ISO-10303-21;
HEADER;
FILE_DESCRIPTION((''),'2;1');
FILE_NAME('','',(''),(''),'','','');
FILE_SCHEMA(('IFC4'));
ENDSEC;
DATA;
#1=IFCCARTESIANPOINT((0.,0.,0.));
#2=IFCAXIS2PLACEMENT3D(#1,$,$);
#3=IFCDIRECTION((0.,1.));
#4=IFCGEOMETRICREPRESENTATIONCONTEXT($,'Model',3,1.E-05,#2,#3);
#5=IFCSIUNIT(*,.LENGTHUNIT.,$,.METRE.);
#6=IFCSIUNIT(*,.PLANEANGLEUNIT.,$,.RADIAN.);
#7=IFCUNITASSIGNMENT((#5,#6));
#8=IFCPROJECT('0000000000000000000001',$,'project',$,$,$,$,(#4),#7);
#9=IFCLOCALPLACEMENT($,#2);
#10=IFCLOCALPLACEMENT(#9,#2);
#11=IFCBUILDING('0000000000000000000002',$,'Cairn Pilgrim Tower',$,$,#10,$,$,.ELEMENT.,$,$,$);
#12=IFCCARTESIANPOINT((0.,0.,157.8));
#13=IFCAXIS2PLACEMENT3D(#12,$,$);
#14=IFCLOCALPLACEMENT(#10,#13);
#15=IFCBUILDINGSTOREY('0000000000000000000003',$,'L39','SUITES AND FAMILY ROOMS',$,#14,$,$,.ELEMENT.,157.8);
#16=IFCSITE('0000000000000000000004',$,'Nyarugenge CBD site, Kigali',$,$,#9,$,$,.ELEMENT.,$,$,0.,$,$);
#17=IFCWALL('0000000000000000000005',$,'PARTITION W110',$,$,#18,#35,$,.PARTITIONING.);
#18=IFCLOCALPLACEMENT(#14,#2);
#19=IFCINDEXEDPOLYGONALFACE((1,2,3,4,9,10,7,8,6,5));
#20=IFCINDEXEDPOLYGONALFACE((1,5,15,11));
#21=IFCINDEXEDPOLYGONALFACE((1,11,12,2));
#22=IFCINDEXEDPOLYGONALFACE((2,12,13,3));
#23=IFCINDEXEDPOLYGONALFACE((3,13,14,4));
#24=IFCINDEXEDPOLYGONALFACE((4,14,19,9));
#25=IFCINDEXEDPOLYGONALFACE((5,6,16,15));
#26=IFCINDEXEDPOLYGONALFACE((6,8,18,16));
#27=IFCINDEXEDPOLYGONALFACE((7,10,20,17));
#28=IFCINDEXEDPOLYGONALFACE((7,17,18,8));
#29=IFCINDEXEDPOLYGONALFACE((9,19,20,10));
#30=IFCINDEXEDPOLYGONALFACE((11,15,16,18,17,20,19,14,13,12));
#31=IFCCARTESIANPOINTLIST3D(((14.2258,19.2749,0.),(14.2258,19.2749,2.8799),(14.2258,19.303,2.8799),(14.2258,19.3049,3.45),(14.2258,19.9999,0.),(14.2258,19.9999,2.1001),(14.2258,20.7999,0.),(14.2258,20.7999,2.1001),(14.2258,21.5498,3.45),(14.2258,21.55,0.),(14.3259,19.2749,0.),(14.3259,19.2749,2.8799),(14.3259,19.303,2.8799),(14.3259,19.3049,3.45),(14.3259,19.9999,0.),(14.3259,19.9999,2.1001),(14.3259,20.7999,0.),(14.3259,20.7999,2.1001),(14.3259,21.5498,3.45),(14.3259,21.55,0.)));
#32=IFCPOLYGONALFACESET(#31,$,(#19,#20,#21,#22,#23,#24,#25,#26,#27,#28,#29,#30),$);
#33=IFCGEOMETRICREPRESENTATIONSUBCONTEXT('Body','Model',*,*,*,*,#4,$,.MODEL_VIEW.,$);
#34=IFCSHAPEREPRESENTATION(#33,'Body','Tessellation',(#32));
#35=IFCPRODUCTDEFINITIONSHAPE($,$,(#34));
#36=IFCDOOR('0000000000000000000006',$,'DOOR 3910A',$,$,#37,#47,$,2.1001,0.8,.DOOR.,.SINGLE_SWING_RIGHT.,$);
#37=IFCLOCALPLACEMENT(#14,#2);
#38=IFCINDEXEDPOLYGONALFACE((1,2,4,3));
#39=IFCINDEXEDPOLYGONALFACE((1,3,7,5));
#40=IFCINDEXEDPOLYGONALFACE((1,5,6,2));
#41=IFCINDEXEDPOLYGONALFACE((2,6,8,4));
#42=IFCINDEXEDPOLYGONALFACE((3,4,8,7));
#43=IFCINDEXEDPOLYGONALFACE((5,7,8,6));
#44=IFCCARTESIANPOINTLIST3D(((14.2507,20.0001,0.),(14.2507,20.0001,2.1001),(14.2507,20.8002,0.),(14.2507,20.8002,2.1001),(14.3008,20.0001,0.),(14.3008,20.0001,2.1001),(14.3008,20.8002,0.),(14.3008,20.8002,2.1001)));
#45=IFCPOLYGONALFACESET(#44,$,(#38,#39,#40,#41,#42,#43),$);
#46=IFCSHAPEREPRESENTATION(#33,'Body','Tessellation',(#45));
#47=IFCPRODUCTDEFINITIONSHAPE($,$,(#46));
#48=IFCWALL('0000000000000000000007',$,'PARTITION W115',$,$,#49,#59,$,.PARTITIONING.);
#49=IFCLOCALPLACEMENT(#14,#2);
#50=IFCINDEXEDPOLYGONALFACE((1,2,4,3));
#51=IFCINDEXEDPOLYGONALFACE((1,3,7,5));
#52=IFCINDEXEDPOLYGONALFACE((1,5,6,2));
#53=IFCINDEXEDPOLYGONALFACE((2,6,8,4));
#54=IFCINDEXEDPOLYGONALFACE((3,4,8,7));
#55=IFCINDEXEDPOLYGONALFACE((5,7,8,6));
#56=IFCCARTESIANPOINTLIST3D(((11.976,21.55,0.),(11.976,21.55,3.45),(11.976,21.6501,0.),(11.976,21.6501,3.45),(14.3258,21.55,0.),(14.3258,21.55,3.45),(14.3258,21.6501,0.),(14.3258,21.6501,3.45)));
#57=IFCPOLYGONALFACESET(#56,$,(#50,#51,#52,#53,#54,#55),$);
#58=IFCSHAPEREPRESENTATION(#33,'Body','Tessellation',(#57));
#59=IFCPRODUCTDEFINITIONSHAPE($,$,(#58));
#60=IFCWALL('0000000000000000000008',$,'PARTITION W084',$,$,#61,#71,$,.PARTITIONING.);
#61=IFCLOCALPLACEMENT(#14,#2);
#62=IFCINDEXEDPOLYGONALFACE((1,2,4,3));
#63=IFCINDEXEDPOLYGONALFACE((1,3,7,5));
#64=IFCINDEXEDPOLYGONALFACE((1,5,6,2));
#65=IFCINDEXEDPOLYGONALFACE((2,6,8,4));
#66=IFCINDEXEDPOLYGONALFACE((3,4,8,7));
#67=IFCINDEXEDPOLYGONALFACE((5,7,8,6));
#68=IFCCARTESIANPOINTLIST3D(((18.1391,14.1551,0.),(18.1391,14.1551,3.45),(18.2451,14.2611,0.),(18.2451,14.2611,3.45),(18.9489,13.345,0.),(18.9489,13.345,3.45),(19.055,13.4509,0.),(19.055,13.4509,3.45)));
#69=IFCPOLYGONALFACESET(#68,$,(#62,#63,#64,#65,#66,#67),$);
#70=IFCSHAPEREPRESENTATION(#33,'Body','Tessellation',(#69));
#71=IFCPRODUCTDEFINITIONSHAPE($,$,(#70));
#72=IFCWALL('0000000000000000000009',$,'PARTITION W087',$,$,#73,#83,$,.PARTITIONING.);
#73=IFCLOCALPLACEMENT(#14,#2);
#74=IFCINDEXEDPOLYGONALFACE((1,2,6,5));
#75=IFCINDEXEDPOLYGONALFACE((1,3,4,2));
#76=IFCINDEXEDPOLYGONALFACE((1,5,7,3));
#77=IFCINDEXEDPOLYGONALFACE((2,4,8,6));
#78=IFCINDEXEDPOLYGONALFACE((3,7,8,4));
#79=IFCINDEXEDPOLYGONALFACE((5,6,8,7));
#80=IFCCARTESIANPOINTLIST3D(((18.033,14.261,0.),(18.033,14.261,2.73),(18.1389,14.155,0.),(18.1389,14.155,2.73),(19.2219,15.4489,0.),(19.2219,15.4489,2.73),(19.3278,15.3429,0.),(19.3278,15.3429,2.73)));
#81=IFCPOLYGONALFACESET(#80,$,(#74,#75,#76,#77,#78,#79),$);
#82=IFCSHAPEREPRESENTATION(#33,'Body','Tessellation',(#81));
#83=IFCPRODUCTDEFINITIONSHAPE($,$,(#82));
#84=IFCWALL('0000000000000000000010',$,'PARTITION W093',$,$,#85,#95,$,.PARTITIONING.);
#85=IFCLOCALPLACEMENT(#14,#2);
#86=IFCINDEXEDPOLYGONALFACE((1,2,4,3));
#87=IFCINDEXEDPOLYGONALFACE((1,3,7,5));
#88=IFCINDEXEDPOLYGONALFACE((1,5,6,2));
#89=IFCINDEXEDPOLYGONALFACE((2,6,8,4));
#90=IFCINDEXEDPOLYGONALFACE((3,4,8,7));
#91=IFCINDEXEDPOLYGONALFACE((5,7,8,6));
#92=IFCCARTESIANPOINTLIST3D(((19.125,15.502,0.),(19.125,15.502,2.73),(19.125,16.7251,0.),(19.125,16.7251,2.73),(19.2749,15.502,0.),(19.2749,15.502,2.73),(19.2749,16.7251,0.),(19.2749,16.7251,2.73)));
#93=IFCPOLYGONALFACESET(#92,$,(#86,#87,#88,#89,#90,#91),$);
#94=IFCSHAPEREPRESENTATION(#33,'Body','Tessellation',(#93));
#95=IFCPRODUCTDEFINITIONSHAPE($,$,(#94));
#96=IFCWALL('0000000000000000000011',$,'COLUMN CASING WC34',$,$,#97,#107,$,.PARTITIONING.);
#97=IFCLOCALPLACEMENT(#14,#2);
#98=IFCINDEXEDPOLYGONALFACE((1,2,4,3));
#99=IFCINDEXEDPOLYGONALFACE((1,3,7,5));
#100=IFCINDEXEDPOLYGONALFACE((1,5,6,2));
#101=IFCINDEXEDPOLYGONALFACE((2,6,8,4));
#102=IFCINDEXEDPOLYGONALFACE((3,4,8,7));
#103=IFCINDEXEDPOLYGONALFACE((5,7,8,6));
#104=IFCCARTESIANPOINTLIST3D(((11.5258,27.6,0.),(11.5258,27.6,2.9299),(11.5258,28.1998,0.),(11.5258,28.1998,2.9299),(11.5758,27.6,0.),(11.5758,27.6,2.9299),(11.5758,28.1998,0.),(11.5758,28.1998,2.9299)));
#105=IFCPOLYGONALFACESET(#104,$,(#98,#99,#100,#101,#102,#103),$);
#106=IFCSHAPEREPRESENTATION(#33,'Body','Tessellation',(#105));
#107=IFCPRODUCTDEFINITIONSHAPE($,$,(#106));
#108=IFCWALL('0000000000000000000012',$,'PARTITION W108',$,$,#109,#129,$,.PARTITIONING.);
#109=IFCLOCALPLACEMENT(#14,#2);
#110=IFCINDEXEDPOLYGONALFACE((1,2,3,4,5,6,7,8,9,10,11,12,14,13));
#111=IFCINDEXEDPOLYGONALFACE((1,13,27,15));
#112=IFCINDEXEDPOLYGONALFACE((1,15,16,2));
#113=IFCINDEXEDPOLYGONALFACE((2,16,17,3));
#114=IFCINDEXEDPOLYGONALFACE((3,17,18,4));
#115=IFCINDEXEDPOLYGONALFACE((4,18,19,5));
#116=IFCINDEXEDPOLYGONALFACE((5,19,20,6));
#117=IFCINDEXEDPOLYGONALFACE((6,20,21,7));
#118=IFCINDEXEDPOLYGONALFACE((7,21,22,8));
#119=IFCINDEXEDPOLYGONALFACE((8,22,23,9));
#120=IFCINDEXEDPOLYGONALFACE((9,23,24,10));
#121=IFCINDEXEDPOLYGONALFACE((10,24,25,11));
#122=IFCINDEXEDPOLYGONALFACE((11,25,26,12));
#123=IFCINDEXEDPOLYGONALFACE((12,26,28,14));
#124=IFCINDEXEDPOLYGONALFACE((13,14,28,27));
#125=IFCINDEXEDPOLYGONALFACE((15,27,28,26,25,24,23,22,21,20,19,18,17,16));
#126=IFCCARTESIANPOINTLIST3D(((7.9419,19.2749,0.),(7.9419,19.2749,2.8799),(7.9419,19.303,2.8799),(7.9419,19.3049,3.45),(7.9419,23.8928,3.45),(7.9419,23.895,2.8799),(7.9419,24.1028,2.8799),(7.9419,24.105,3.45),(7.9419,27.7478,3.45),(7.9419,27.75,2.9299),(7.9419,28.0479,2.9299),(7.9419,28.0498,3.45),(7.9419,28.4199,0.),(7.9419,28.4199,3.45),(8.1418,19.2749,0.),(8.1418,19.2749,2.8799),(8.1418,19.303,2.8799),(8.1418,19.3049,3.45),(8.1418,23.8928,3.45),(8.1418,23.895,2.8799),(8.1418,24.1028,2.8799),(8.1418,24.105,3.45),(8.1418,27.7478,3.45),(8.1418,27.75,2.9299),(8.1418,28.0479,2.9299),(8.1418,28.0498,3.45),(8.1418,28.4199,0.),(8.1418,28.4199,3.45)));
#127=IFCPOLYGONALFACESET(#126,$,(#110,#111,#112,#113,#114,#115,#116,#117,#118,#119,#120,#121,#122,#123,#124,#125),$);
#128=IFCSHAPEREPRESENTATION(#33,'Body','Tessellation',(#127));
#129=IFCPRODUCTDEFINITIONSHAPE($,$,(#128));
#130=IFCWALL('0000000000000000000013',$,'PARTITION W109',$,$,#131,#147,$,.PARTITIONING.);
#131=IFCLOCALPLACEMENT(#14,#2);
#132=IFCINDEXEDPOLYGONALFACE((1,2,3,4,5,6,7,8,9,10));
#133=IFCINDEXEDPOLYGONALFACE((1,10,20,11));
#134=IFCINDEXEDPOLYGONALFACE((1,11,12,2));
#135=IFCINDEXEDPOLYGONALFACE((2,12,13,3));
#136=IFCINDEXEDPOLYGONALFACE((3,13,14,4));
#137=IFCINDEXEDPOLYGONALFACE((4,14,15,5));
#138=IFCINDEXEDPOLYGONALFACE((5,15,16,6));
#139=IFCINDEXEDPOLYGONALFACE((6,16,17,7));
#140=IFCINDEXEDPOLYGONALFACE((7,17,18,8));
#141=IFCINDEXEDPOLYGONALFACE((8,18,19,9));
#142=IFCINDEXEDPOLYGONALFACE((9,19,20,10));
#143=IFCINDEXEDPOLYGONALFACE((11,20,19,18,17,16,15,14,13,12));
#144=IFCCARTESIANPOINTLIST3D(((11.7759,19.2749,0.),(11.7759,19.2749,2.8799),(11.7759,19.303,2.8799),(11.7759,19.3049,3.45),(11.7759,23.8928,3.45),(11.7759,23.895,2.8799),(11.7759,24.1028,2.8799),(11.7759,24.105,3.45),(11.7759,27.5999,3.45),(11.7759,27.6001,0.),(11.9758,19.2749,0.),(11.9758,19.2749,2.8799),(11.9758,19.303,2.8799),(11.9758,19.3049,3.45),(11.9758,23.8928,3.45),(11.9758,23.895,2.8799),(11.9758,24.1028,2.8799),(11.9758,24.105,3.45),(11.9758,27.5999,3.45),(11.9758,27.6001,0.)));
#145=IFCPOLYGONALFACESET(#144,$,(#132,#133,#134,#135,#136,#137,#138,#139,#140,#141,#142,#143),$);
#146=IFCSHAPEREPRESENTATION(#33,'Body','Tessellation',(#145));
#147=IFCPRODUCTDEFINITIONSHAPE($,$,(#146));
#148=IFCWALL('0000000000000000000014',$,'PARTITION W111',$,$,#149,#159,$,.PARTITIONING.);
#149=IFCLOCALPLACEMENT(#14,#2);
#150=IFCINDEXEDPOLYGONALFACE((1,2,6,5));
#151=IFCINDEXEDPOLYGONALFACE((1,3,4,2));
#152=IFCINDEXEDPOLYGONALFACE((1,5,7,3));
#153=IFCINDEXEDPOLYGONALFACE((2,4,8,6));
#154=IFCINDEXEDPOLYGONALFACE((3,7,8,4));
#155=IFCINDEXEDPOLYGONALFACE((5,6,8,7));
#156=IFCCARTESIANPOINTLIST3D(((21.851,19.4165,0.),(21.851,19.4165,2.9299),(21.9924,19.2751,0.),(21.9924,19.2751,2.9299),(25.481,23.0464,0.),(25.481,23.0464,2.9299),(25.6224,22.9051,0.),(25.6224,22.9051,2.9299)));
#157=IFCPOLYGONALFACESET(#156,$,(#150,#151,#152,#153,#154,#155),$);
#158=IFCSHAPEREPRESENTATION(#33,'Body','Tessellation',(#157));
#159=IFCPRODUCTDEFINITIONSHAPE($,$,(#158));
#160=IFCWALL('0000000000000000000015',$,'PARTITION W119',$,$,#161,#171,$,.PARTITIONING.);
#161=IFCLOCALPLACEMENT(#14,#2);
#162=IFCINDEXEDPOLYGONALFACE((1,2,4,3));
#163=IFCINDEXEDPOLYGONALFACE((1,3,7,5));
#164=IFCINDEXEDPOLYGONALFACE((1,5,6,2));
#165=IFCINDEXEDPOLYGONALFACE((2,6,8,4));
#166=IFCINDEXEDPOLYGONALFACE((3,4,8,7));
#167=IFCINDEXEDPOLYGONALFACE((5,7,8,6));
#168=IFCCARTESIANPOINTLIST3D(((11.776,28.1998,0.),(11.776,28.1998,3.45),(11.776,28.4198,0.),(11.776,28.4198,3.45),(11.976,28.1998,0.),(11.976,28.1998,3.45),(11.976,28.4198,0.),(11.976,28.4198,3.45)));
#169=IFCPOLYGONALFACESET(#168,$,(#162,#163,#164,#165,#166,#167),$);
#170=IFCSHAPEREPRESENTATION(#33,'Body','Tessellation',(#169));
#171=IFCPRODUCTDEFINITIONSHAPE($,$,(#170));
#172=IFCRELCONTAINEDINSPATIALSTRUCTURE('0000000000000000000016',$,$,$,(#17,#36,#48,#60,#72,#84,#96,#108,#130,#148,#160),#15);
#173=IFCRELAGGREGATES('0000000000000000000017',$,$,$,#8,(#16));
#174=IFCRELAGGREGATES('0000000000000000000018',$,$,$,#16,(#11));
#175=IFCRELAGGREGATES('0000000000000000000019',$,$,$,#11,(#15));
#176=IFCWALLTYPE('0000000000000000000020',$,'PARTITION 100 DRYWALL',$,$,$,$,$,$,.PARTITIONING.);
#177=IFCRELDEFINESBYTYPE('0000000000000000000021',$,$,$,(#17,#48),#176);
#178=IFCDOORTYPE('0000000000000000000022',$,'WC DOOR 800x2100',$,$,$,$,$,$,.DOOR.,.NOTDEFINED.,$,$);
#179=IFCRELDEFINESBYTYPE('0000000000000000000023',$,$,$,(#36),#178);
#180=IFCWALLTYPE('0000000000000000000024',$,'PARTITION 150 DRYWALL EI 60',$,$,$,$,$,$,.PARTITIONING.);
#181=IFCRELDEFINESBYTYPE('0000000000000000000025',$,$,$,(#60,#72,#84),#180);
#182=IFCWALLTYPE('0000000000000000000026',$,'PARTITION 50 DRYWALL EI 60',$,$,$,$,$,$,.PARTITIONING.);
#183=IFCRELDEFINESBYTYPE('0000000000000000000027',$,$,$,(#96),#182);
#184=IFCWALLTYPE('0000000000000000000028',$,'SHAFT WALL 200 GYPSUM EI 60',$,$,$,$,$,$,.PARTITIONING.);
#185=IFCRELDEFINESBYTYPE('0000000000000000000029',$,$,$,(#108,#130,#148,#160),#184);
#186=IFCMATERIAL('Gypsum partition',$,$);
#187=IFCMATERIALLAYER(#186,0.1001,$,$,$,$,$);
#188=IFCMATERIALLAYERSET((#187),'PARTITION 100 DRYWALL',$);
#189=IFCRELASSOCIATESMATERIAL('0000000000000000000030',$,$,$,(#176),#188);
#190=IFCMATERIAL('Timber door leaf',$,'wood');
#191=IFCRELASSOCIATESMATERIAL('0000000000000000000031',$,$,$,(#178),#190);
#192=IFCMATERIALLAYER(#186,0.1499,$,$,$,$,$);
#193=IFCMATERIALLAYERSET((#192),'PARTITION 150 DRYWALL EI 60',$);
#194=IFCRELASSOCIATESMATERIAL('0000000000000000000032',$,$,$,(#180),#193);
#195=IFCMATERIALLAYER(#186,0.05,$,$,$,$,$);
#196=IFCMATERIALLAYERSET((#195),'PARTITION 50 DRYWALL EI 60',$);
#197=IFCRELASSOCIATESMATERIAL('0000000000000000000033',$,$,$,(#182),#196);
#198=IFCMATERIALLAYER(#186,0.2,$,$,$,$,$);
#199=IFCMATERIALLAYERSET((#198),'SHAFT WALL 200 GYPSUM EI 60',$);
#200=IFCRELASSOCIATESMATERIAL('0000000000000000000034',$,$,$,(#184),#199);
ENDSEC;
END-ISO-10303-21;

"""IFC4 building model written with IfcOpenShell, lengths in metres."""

from ifc_helpers import new_model, si_unit, direction, frame, frame_2d, origin, place, context, subcontext, project, spatial, polyline, rectangle, outline, extrude, material, layer, layer_set, type_object, element, fill, save


model = new_model("IFC4")

# Units and contexts
model_context = context("Model", 3, precision=1e-05, world=origin(), true_north=direction((0.0, 1.0)))
body_context = subcontext(model_context, "Body", "Model", "MODEL_VIEW")
ifc_project = project(units=[si_unit("LENGTHUNIT", "METRE"), si_unit("PLANEANGLEUNIT", "RADIAN")], contexts=[model_context])

# Site, building, storey
site_placement = place(None, origin())
site = spatial("IfcSite", under=ifc_project, at=site_placement, Name="Nyarugenge CBD site, Kigali", CompositionType="ELEMENT", RefElevation=0.0)
building_placement = place(site_placement, origin())
building = spatial("IfcBuilding", under=site, at=building_placement, Name="Cairn Pilgrim Tower", CompositionType="ELEMENT")
storey_placement = place(building_placement, frame((0.0, 0.0, 157.8)))
storey = spatial("IfcBuildingStorey", under=building, at=storey_placement, Name="L39", Description="SUITES AND FAMILY ROOMS", CompositionType="ELEMENT", Elevation=157.8)

# Wall, opening, door
ifc_material_1 = material(Name="Gypsum partition")
ifc_layer_1 = layer(ifc_material_1, 0.1001)
ifc_layer_set_1 = layer_set([ifc_layer_1], Name="PARTITION 100 DRYWALL")
wall_type_1 = type_object("IfcWallType", Name="PARTITION 100 DRYWALL", PredefinedType="PARTITIONING", material=ifc_layer_set_1)
wall_1_placement = place(storey_placement, frame((14.2759, 19.2749, 0.0), z_axis=(0.0, 0.0, 1.0), x_axis=(0.0, 1.0, 0.0)))
wall_1 = element("IfcWall", 1, at=wall_1_placement, inside=storey, type_object=wall_type_1, Name="PARTITION W110", PredefinedType="PARTITIONING", context=body_context, shape_type="SweptSolid", body=[
    extrude(outline(polyline([(0.0, 0.0), (2.2751, 0.0), (2.2749, 3.45), (0.03, 3.45), (0.0281, 2.8799), (0.0, 2.8799), (0.0, 0.0)])), frame((0.0, 0.05, 0.0), z_axis=(0.0, -1.0, 0.0), x_axis=(1.0, 0.0, 0.0)), (0.0, 0.0, 1.0), 0.1001),
])
opening_1_placement = place(wall_1_placement, frame((0.7251, 0.0, 0.0)))
opening_1 = element("IfcOpeningElement", 2, at=opening_1_placement, cuts=wall_1, PredefinedType="OPENING", context=body_context, shape_type="SweptSolid", body=[
    extrude(rectangle(XDim=0.8, YDim=2.1001, at=frame_2d((0.3999, 1.05))), frame((0.0, 0.0601, 0.0), z_axis=(0.0, -1.0, 0.0), x_axis=(1.0, 0.0, 0.0)), (0.0, 0.0, 1.0), 0.1201),
])
ifc_material_2 = material(Name="Timber door leaf", Category="wood")
door_type_1 = type_object("IfcDoorType", Name="WC DOOR 800x2100", OperationType="NOTDEFINED", PredefinedType="DOOR", material=ifc_material_2)
door_1_placement = place(opening_1_placement, frame((0.8, 0.0, 0.0), z_axis=(0.0, 0.0, 1.0), x_axis=(-1.0, 0.0, 0.0)))
door_1 = element("IfcDoor", 3, at=door_1_placement, inside=storey, type_object=door_type_1, Name="DOOR 3910A", OperationType="SINGLE_SWING_RIGHT", OverallHeight=2.1001, OverallWidth=0.8, PredefinedType="DOOR", context=body_context, shape_type="SweptSolid", body=[
    extrude(rectangle(XDim=0.8, YDim=2.1001, at=frame_2d((0.3999, 1.05))), frame((0.0, 0.0249, 0.0), z_axis=(0.0, -1.0, 0.0), x_axis=(1.0, 0.0, 0.0)), (0.0, 0.0, 1.0), 0.05),
])
fill(opening_1, door_1)

# Walls
wall_2_placement = place(storey_placement, frame((11.9761, 21.6001, 0.0), z_axis=(0.0, 0.0, 1.0), x_axis=(1.0, 0.0, 0.0)))
element("IfcWall", 4, at=wall_2_placement, inside=storey, type_object=wall_type_1, Name="PARTITION W115", PredefinedType="PARTITIONING", context=body_context, shape_type="SweptSolid", body=[
    extrude(rectangle(XDim=2.3499, YDim=0.1001, at=frame_2d((1.1748, 0.0))), origin(), (0.0, 0.0, 1.0), 3.45),
])
ifc_layer_2 = layer(ifc_material_1, 0.1499)
ifc_layer_set_2 = layer_set([ifc_layer_2], Name="PARTITION 150 DRYWALL EI 60")
wall_type_2 = type_object("IfcWallType", Name="PARTITION 150 DRYWALL EI 60", PredefinedType="PARTITIONING", material=ifc_layer_set_2)
wall_3_placement = place(storey_placement, frame((19.002, 13.3979, 0.0), z_axis=(0.0, 0.0, 1.0), x_axis=(-0.707, 0.707213, 0.0)))
element("IfcWall", 5, at=wall_3_placement, inside=storey, type_object=wall_type_2, Name="PARTITION W084", PredefinedType="PARTITIONING", context=body_context, shape_type="SweptSolid", body=[
    extrude(rectangle(XDim=1.1455, YDim=0.1499, at=frame_2d((0.5728, 0.0))), origin(), (0.0, 0.0, 1.0), 3.45),
])
wall_4_placement = place(storey_placement, frame((18.0859, 14.208, 0.0), z_axis=(0.0, 0.0, 1.0), x_axis=(0.707397, 0.706816, 0.0)))
element("IfcWall", 6, at=wall_4_placement, inside=storey, type_object=wall_type_2, Name="PARTITION W087", PredefinedType="PARTITIONING", context=body_context, shape_type="SweptSolid", body=[
    extrude(rectangle(XDim=1.6807, YDim=0.1499, at=frame_2d((0.8403, 0.0))), origin(), (0.0, 0.0, 1.0), 2.73),
])
wall_5_placement = place(storey_placement, frame((19.2, 15.502, 0.0), z_axis=(0.0, 0.0, 1.0), x_axis=(0.0, 1.0, 0.0)))
element("IfcWall", 7, at=wall_5_placement, inside=storey, type_object=wall_type_2, Name="PARTITION W093", PredefinedType="PARTITIONING", context=body_context, shape_type="SweptSolid", body=[
    extrude(rectangle(XDim=1.2231, YDim=0.1499, at=frame_2d((0.6116, 0.0))), origin(), (0.0, 0.0, 1.0), 2.73),
])
ifc_layer_3 = layer(ifc_material_1, 0.05)
ifc_layer_set_3 = layer_set([ifc_layer_3], Name="PARTITION 50 DRYWALL EI 60")
wall_type_3 = type_object("IfcWallType", Name="PARTITION 50 DRYWALL EI 60", PredefinedType="PARTITIONING", material=ifc_layer_set_3)
wall_6_placement = place(storey_placement, frame((11.5508, 27.6001, 0.0), z_axis=(0.0, 0.0, 1.0), x_axis=(0.0, 1.0, 0.0)))
element("IfcWall", 8, at=wall_6_placement, inside=storey, type_object=wall_type_3, Name="COLUMN CASING WC34", PredefinedType="PARTITIONING", context=body_context, shape_type="SweptSolid", body=[
    extrude(rectangle(XDim=0.5999, YDim=0.05, at=frame_2d((0.2998, 0.0))), origin(), (0.0, 0.0, 1.0), 2.9299),
])
ifc_layer_4 = layer(ifc_material_1, 0.2)
ifc_layer_set_4 = layer_set([ifc_layer_4], Name="SHAFT WALL 200 GYPSUM EI 60")
wall_type_4 = type_object("IfcWallType", Name="SHAFT WALL 200 GYPSUM EI 60", PredefinedType="PARTITIONING", material=ifc_layer_set_4)
wall_7_placement = place(storey_placement, frame((8.042, 19.2749, 0.0), z_axis=(0.0, 0.0, 1.0), x_axis=(0.0, 1.0, 0.0)))
element("IfcWall", 9, at=wall_7_placement, inside=storey, type_object=wall_type_4, Name="PARTITION W108", PredefinedType="PARTITIONING", context=body_context, shape_type="SweptSolid", body=[
    extrude(outline(polyline([(0.0, 0.0), (9.145, 0.0), (9.145, 3.45), (8.7749, 3.45), (8.7729, 2.9299), (8.4751, 2.9299), (8.4729, 3.45), (4.8301, 3.45), (4.8279, 2.8799), (4.6201, 2.8799), (4.6179, 3.45), (0.03, 3.45), (0.0281, 2.8799), (0.0, 2.8799), (0.0, 0.0)])), frame((0.0, 0.1001, 0.0), z_axis=(0.0, -1.0, 0.0), x_axis=(1.0, 0.0, 0.0)), (0.0, 0.0, 1.0), 0.2),
])
wall_8_placement = place(storey_placement, frame((11.876, 19.2749, 0.0), z_axis=(0.0, 0.0, 1.0), x_axis=(0.0, 1.0, 0.0)))
element("IfcWall", 10, at=wall_8_placement, inside=storey, type_object=wall_type_4, Name="PARTITION W109", PredefinedType="PARTITIONING", context=body_context, shape_type="SweptSolid", body=[
    extrude(outline(polyline([(0.0, 0.0), (8.3252, 0.0), (8.325, 3.45), (4.8301, 3.45), (4.8279, 2.8799), (4.6201, 2.8799), (4.6179, 3.45), (0.03, 3.45), (0.0281, 2.8799), (0.0, 2.8799), (0.0, 0.0)])), frame((0.0, 0.1001, 0.0), z_axis=(0.0, -1.0, 0.0), x_axis=(1.0, 0.0, 0.0)), (0.0, 0.0, 1.0), 0.2),
])
wall_9_placement = place(storey_placement, frame((21.9216, 19.3457, 0.0), z_axis=(0.0, 0.0, 1.0), x_axis=(0.707107, 0.707107, 0.0)))
element("IfcWall", 11, at=wall_9_placement, inside=storey, type_object=wall_type_4, Name="PARTITION W111", PredefinedType="PARTITIONING", context=body_context, shape_type="SweptSolid", body=[
    extrude(rectangle(XDim=5.1335, YDim=0.2, at=frame_2d((2.5669, 0.0))), origin(), (0.0, 0.0, 1.0), 2.9299),
])
wall_10_placement = place(storey_placement, frame((11.876, 28.2, 0.0), z_axis=(0.0, 0.0, 1.0), x_axis=(0.0, 1.0, 0.0)))
element("IfcWall", 12, at=wall_10_placement, inside=storey, type_object=wall_type_4, Name="PARTITION W119", PredefinedType="PARTITIONING", context=body_context, shape_type="SweptSolid", body=[
    extrude(rectangle(XDim=0.22, YDim=0.2, at=frame_2d((0.1099, 0.0))), origin(), (0.0, 0.0, 1.0), 3.45),
])

save(model, "model.ifc")
